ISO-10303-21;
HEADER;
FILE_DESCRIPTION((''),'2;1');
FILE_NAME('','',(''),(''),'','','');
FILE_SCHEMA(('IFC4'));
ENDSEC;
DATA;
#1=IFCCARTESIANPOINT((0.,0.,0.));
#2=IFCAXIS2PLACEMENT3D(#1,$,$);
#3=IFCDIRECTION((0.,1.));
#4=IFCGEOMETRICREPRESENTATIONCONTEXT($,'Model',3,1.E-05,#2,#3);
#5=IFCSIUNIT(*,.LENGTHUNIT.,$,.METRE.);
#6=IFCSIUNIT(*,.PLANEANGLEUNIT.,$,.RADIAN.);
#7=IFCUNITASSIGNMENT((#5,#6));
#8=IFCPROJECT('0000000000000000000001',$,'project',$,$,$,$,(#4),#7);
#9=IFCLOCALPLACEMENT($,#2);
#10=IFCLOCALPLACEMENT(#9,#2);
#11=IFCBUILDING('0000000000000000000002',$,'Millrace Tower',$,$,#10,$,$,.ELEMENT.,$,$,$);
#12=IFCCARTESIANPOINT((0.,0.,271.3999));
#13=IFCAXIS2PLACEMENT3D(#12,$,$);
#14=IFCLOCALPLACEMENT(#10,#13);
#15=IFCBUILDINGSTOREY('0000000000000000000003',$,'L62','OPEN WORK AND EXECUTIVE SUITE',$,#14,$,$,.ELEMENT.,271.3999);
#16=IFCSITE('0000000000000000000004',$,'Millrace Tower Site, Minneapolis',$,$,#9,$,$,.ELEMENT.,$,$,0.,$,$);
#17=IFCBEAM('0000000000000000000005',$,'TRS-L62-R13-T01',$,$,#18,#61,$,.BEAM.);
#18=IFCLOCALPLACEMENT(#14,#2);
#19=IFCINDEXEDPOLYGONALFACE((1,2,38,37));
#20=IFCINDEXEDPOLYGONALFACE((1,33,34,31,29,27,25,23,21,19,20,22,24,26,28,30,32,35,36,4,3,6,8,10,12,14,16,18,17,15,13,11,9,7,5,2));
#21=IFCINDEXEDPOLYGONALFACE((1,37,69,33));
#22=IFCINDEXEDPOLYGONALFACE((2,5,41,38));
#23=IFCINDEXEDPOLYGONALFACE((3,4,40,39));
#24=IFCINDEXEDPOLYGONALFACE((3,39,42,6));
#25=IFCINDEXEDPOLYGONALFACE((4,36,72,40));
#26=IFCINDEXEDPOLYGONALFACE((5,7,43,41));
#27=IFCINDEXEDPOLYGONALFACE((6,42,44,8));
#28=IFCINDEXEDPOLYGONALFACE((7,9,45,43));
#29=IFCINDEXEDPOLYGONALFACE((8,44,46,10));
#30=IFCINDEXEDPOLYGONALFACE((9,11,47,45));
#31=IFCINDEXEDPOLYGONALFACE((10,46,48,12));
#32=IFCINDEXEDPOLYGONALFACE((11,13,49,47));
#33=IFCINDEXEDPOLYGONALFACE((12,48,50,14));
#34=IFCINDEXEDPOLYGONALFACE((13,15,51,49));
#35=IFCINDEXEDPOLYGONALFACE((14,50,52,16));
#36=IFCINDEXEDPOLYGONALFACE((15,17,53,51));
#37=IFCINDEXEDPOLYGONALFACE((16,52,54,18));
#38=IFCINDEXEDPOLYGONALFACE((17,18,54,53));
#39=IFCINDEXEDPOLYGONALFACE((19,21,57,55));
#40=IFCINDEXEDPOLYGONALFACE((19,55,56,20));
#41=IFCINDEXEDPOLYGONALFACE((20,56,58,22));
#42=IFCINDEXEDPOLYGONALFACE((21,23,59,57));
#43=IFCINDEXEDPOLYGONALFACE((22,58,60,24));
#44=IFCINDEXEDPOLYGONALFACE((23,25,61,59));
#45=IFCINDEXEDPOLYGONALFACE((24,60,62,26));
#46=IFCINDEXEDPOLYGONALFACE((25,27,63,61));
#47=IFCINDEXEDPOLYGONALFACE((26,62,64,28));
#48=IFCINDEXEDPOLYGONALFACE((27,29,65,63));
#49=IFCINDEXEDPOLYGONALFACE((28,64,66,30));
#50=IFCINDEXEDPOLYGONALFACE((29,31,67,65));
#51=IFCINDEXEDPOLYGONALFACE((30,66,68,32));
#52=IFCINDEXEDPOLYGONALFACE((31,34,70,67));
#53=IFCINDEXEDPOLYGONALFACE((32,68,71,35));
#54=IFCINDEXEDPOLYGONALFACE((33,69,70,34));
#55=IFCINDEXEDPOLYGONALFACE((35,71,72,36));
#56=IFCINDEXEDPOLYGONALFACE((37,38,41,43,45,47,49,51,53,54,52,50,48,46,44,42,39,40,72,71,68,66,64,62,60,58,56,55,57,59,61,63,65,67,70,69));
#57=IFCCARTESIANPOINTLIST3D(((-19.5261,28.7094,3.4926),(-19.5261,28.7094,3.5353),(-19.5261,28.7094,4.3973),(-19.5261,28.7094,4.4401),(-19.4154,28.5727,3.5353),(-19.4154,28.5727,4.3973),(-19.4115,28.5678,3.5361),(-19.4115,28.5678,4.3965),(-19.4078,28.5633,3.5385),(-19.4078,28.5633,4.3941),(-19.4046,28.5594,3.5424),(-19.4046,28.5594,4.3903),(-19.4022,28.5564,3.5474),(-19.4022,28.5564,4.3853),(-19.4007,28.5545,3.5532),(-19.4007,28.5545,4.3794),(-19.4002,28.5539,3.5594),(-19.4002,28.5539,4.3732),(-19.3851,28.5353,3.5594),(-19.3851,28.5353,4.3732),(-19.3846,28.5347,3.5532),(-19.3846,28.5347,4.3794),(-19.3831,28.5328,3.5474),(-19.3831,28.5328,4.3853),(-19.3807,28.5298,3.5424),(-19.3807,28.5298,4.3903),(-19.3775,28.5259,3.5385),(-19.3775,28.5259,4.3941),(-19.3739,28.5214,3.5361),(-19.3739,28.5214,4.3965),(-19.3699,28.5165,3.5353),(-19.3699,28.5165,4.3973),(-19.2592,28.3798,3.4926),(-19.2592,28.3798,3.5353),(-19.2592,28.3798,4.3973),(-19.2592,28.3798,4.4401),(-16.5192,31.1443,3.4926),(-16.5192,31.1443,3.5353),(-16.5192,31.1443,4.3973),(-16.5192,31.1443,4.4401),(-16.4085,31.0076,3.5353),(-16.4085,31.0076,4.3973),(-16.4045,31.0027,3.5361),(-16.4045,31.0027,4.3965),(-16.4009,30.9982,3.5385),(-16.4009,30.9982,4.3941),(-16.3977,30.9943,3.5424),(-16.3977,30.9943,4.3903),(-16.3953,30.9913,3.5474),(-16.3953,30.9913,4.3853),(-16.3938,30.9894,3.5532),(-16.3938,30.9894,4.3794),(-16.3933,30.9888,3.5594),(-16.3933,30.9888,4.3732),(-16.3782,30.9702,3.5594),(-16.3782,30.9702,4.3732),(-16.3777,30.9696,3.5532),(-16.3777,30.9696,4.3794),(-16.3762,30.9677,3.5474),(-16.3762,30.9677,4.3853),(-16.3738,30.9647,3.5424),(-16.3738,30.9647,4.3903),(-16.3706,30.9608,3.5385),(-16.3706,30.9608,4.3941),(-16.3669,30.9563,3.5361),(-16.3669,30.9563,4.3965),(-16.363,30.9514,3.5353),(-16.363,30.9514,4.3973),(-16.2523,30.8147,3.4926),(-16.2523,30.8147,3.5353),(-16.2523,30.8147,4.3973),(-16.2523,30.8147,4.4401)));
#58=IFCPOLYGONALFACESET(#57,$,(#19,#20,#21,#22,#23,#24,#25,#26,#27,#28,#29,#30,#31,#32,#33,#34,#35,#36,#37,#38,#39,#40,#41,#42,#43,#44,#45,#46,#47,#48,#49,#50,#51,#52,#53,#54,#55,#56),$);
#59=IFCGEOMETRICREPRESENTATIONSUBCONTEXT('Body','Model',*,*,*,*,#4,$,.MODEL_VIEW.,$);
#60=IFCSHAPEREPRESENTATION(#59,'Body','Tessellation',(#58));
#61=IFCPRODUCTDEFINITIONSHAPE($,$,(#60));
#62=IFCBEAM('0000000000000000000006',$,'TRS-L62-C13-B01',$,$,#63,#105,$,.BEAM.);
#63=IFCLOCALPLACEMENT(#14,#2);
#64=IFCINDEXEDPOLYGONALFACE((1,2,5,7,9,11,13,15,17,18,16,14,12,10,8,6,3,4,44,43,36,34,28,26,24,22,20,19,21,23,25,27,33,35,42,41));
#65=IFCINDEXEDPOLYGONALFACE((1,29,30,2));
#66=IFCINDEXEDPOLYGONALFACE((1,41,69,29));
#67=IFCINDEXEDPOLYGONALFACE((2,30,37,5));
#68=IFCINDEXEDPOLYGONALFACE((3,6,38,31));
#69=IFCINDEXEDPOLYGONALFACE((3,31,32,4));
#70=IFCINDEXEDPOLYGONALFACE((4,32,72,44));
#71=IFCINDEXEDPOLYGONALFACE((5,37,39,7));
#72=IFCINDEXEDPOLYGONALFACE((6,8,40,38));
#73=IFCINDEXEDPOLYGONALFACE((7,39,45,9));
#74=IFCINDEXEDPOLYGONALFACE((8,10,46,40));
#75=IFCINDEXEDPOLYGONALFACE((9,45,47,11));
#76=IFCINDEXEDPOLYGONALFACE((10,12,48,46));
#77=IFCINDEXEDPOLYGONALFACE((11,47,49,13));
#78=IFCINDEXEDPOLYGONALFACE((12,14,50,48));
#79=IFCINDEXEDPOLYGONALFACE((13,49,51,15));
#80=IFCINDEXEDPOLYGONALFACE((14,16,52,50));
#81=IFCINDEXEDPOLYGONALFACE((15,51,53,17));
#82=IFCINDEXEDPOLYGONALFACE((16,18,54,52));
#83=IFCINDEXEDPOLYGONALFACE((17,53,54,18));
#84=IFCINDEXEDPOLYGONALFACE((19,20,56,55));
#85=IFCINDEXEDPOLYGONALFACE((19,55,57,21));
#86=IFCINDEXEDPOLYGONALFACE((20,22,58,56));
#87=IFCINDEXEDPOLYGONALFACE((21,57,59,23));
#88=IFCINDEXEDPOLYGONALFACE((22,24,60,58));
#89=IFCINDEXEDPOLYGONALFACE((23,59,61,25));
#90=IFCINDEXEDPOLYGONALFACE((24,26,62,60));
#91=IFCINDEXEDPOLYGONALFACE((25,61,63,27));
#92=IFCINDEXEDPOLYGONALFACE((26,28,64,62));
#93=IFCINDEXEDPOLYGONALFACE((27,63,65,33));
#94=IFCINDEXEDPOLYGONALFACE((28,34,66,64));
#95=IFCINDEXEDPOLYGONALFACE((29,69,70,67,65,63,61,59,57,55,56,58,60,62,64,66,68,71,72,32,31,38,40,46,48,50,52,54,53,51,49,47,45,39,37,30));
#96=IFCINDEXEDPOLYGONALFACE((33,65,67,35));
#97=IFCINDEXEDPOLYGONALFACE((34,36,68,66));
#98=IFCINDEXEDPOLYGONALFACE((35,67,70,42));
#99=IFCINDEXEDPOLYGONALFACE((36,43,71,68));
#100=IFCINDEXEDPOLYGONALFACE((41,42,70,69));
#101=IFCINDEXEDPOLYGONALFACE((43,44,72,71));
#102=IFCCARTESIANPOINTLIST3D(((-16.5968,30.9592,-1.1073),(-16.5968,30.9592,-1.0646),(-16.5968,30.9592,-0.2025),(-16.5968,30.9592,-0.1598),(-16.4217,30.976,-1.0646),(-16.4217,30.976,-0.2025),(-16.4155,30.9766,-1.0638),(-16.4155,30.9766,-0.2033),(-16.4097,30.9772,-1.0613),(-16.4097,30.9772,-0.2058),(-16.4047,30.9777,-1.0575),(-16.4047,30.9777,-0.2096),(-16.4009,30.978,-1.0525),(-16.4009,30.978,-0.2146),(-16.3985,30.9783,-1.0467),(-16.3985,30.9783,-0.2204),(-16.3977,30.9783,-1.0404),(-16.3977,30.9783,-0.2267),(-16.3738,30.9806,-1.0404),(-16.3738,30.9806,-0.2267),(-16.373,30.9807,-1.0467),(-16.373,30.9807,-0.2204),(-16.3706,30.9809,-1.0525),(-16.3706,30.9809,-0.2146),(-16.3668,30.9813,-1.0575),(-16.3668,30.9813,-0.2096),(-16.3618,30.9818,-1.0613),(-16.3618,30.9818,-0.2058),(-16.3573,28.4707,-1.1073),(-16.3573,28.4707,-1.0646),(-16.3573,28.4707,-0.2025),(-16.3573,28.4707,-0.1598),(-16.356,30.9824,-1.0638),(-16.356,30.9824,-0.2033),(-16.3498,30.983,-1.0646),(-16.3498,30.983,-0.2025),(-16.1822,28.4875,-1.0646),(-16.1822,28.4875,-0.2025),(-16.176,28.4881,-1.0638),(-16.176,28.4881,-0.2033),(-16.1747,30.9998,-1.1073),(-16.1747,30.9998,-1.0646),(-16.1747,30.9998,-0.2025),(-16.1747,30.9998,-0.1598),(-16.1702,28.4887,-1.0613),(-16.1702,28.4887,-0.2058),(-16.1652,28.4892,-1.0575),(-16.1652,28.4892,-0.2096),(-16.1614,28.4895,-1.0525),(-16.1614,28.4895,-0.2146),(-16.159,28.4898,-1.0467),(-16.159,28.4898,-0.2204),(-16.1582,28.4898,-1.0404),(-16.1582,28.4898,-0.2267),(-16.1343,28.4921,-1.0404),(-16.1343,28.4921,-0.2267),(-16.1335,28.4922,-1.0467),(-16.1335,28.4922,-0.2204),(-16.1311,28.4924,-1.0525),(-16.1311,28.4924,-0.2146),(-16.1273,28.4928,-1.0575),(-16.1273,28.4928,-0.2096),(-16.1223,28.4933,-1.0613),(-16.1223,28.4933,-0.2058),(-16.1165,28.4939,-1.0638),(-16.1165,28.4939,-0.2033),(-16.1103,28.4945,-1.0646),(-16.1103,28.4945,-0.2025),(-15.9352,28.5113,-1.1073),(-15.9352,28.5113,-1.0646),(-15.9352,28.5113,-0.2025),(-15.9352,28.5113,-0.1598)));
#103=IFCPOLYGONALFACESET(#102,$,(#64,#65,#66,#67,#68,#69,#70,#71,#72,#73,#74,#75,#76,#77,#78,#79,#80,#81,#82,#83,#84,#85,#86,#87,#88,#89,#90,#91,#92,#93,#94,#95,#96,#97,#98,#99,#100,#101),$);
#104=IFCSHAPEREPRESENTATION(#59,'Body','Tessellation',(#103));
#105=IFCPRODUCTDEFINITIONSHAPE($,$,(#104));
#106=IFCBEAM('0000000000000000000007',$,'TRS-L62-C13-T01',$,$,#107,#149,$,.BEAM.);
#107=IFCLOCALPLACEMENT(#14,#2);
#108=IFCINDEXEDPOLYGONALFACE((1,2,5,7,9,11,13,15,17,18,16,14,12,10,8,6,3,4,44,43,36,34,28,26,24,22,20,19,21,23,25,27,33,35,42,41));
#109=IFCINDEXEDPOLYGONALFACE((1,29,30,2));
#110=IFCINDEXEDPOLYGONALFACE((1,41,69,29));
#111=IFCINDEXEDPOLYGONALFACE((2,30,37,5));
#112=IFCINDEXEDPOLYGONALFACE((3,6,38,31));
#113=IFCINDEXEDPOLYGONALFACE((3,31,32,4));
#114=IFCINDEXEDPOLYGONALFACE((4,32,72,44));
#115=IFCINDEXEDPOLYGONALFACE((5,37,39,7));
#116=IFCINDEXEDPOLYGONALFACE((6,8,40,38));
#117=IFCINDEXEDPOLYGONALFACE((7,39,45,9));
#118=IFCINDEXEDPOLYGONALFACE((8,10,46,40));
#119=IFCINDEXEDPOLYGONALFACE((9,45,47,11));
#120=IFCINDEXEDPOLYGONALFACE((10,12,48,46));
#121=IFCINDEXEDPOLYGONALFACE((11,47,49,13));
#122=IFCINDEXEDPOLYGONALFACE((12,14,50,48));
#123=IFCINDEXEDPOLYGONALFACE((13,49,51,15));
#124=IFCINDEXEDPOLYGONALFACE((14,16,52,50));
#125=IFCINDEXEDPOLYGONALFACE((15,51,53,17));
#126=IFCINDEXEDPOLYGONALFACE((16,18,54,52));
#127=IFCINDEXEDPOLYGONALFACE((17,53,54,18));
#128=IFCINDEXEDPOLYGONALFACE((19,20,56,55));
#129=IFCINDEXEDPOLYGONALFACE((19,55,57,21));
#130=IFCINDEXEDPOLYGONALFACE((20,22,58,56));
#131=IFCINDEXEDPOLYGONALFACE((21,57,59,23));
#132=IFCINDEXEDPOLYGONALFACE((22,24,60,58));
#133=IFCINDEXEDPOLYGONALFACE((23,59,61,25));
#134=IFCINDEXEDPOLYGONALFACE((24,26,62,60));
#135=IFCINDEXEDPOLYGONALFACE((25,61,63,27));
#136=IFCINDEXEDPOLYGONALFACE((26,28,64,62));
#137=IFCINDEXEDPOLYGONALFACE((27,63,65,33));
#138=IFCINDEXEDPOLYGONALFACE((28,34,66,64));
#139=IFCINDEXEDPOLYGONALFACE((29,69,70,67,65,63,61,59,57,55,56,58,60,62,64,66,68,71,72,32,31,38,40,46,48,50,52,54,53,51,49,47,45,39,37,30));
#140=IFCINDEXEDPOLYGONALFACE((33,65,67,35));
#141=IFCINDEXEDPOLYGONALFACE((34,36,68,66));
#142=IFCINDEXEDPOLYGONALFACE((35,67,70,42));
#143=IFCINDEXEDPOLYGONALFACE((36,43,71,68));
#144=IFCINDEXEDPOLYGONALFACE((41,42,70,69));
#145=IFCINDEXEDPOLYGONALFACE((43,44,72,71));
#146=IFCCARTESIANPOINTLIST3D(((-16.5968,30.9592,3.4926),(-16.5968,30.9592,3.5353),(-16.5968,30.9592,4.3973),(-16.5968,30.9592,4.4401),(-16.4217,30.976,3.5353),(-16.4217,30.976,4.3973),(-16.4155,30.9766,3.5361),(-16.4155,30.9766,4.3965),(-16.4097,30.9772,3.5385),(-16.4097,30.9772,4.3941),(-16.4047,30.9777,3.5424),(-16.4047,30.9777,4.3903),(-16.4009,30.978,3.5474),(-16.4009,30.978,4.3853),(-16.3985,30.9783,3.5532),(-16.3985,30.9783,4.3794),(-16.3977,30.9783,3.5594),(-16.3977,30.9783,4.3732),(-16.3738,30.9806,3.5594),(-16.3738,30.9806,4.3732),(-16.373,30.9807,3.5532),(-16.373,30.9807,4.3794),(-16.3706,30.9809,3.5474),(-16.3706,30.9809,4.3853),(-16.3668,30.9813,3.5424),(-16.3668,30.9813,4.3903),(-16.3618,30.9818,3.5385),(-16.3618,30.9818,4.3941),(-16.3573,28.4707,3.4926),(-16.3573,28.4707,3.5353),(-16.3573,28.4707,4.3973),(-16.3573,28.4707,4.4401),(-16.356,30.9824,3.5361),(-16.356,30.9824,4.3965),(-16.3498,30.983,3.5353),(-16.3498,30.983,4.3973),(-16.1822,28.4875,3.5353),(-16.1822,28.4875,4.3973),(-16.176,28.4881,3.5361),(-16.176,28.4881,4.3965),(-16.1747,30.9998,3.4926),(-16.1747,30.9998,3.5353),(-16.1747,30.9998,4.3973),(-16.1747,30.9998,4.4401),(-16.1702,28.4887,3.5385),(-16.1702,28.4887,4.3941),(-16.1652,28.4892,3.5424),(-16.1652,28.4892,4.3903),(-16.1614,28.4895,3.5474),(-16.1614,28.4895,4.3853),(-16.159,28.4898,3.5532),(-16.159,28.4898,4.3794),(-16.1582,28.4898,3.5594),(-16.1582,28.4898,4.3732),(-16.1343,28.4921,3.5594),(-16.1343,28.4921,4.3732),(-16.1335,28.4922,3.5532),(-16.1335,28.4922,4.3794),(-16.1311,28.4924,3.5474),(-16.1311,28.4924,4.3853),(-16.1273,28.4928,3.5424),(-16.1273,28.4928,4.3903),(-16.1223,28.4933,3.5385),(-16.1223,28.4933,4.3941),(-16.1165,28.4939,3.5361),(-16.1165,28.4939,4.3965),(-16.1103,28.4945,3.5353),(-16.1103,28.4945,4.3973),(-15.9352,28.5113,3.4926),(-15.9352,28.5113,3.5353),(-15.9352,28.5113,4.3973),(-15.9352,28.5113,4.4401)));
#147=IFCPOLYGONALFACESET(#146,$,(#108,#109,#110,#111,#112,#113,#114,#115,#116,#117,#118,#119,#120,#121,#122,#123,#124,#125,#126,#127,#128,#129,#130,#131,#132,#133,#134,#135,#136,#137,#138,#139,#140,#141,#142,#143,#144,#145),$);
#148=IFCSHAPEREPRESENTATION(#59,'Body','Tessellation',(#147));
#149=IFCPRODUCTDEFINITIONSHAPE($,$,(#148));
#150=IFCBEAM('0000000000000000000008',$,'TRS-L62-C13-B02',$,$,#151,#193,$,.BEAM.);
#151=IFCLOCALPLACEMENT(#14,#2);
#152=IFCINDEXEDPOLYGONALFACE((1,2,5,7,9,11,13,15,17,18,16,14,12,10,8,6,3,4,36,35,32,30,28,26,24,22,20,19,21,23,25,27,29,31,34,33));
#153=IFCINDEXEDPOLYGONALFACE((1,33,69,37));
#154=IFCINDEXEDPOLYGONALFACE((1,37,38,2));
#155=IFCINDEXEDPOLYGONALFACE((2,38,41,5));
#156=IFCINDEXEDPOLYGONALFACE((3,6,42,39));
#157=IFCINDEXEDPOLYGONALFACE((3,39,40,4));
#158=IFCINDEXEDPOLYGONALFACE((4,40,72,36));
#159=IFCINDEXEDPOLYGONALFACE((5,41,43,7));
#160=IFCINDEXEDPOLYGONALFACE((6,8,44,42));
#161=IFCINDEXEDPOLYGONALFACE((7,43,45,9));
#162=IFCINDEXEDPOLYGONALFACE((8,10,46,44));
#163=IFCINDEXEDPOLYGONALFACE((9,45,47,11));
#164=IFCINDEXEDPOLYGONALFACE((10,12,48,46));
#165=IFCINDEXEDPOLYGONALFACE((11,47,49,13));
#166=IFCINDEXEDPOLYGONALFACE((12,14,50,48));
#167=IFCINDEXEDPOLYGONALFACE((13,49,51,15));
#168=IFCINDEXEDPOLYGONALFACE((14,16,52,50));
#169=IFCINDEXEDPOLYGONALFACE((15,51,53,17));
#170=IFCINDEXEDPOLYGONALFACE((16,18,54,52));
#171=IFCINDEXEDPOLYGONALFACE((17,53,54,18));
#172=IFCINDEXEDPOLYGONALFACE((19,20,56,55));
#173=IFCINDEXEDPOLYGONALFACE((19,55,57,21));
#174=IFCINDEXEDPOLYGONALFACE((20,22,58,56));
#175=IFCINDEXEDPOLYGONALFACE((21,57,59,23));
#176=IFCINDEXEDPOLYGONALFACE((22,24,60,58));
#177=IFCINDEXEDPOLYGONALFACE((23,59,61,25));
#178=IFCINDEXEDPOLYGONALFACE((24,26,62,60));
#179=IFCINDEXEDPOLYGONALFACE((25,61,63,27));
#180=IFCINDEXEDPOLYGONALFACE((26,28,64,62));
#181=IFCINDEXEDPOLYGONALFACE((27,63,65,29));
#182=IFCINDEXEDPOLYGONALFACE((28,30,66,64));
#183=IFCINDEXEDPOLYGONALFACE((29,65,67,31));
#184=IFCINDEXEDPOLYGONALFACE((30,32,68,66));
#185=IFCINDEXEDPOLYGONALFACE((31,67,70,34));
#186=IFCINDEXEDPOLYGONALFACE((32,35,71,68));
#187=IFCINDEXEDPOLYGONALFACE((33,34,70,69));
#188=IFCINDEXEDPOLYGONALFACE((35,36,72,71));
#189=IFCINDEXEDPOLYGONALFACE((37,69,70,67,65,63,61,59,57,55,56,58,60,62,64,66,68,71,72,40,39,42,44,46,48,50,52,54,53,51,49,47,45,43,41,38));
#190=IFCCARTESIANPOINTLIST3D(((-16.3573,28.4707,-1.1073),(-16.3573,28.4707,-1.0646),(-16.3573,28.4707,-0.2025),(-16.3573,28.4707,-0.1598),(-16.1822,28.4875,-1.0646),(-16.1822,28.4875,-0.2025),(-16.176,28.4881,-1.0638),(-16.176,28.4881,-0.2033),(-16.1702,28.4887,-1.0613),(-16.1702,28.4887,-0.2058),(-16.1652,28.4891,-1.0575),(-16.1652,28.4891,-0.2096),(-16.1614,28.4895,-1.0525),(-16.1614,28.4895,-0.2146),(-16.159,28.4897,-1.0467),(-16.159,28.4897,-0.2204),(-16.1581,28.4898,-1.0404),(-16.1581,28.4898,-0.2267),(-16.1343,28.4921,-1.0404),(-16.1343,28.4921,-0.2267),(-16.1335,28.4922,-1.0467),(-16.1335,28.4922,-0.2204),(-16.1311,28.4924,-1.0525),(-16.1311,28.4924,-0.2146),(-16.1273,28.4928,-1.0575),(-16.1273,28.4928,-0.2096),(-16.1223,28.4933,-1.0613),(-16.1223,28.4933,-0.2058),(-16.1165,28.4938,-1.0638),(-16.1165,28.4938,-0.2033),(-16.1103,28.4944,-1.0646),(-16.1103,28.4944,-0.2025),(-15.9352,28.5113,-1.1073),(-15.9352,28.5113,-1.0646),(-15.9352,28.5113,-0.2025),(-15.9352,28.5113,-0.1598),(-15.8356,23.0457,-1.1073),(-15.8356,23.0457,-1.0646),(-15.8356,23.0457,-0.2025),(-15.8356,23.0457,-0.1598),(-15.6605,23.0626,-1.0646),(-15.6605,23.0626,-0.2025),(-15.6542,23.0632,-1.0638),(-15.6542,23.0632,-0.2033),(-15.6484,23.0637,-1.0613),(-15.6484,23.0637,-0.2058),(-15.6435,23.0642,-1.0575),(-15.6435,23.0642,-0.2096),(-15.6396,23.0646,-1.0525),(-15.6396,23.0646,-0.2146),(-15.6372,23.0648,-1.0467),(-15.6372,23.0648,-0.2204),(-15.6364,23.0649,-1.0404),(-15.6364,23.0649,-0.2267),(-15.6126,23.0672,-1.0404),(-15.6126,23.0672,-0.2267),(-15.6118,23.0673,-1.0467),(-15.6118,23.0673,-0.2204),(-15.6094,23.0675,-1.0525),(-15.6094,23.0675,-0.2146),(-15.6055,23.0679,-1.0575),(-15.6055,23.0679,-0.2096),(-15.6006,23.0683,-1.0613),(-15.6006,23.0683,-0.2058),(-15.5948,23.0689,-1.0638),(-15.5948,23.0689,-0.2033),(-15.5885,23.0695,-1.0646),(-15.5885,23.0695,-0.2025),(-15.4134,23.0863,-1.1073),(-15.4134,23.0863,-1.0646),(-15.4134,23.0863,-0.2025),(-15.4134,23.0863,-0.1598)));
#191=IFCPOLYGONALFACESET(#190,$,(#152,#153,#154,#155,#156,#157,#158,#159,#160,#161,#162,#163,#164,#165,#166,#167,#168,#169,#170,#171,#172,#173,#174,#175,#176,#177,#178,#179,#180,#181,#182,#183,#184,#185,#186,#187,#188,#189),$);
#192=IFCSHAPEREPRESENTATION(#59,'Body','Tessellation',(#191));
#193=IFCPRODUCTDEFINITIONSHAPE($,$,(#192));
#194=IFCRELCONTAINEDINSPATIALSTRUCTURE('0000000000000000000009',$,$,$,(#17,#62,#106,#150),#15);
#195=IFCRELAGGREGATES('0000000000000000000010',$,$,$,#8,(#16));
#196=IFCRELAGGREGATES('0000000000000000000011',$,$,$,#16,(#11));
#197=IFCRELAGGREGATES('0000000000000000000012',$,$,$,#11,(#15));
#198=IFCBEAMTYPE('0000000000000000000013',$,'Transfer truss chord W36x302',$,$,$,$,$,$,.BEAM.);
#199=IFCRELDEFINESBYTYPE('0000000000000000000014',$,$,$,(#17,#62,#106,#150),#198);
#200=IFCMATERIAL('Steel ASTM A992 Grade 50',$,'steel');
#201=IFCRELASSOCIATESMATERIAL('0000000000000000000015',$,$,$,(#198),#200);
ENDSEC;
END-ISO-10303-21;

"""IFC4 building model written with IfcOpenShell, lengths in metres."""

from ifc_helpers import new_model, si_unit, direction, frame, origin, origin_2d, place, context, subcontext, project, spatial, i_section, extrude, material, material_profile, profile_set, type_object, element, save


model = new_model("IFC4")

# Units and contexts
model_context = context("Model", 3, precision=1e-05, world=origin(), true_north=direction((0.0, 1.0)))
body_context = subcontext(model_context, "Body", "Model", "MODEL_VIEW")
ifc_project = project(units=[si_unit("LENGTHUNIT", "METRE"), si_unit("PLANEANGLEUNIT", "RADIAN")], contexts=[model_context])

# Site, building, storey
site_placement = place(None, origin())
site = spatial("IfcSite", under=ifc_project, at=site_placement, Name="Millrace Tower Site, Minneapolis", CompositionType="ELEMENT", RefElevation=0.0)
building_placement = place(site_placement, origin())
building = spatial("IfcBuilding", under=site, at=building_placement, Name="Millrace Tower", CompositionType="ELEMENT")
storey_placement = place(building_placement, frame((0.0, 0.0, 271.3999)))
storey = spatial("IfcBuildingStorey", under=building, at=storey_placement, Name="L62", Description="OPEN WORK AND EXECUTIVE SUITE", CompositionType="ELEMENT", Elevation=271.3999)

# Beams
ifc_material_1 = material(Name="Steel ASTM A992 Grade 50", Category="steel")
ifc_material_profile_1 = material_profile(ifc_material_1, i_section(OverallWidth=0.4241, OverallDepth=0.9475, WebThickness=0.0239, FlangeThickness=0.0427, FilletRadius=0.0242, at=origin_2d()))
ifc_profile_set_1 = profile_set([ifc_material_profile_1], Name="Steel ASTM A992 Grade 50")
beam_type_1 = type_object("IfcBeamType", Name="Transfer truss chord W36x302", PredefinedType="BEAM", material=ifc_profile_set_1)
for number, where, z_axis, x_axis, name in (
    (1, (-16.3857, 30.9795, 3.9663), (-0.777155, -0.629309, 0.0), (0.629309, -0.777155, 0.0), "TRS-L62-R13-T01"),
):
    element("IfcBeam", number, at=place(storey_placement, frame(where, z_axis=z_axis, x_axis=x_axis)), inside=storey, type_object=beam_type_1, Name=name, PredefinedType="BEAM", context=body_context, shape_type="SweptSolid", body=[
        extrude(i_section(OverallWidth=0.4241, OverallDepth=0.9475, WebThickness=0.0239, FlangeThickness=0.0427, FilletRadius=0.0242, at=origin_2d()), origin(), (0.0, 0.0, 1.0), 3.8691),
    ])
for number, where, z_axis, x_axis, name in (
    (2, (-16.3857, 30.9795, -0.6335), (0.0958, -0.995401, 0.0), (0.995401, 0.0958, 0.0), "TRS-L62-C13-B01"),
    (3, (-16.3857, 30.9795, 3.9663), (0.0958, -0.995401, 0.0), (0.995401, 0.0958, 0.0), "TRS-L62-C13-T01"),
):
    element("IfcBeam", number, at=place(storey_placement, frame(where, z_axis=z_axis, x_axis=x_axis)), inside=storey, type_object=beam_type_1, Name=name, PredefinedType="BEAM", context=body_context, shape_type="SweptSolid", body=[
        extrude(i_section(OverallWidth=0.4241, OverallDepth=0.9475, WebThickness=0.0239, FlangeThickness=0.0427, FilletRadius=0.0242, at=origin_2d()), origin(), (0.0, 0.0, 1.0), 2.5),
    ])
for number, where, z_axis, x_axis, name in (
    (4, (-16.1462, 28.491, -0.6335), (0.095733, -0.995407, 0.0), (0.995407, 0.095733, 0.0), "TRS-L62-C13-B02"),
):
    element("IfcBeam", number, at=place(storey_placement, frame(where, z_axis=z_axis, x_axis=x_axis)), inside=storey, type_object=beam_type_1, Name=name, PredefinedType="BEAM", context=body_context, shape_type="SweptSolid", body=[
        extrude(i_section(OverallWidth=0.4241, OverallDepth=0.9475, WebThickness=0.0239, FlangeThickness=0.0427, FilletRadius=0.0242, at=origin_2d()), origin(), (0.0, 0.0, 1.0), 5.45),
    ])

save(model, "model.ifc")
